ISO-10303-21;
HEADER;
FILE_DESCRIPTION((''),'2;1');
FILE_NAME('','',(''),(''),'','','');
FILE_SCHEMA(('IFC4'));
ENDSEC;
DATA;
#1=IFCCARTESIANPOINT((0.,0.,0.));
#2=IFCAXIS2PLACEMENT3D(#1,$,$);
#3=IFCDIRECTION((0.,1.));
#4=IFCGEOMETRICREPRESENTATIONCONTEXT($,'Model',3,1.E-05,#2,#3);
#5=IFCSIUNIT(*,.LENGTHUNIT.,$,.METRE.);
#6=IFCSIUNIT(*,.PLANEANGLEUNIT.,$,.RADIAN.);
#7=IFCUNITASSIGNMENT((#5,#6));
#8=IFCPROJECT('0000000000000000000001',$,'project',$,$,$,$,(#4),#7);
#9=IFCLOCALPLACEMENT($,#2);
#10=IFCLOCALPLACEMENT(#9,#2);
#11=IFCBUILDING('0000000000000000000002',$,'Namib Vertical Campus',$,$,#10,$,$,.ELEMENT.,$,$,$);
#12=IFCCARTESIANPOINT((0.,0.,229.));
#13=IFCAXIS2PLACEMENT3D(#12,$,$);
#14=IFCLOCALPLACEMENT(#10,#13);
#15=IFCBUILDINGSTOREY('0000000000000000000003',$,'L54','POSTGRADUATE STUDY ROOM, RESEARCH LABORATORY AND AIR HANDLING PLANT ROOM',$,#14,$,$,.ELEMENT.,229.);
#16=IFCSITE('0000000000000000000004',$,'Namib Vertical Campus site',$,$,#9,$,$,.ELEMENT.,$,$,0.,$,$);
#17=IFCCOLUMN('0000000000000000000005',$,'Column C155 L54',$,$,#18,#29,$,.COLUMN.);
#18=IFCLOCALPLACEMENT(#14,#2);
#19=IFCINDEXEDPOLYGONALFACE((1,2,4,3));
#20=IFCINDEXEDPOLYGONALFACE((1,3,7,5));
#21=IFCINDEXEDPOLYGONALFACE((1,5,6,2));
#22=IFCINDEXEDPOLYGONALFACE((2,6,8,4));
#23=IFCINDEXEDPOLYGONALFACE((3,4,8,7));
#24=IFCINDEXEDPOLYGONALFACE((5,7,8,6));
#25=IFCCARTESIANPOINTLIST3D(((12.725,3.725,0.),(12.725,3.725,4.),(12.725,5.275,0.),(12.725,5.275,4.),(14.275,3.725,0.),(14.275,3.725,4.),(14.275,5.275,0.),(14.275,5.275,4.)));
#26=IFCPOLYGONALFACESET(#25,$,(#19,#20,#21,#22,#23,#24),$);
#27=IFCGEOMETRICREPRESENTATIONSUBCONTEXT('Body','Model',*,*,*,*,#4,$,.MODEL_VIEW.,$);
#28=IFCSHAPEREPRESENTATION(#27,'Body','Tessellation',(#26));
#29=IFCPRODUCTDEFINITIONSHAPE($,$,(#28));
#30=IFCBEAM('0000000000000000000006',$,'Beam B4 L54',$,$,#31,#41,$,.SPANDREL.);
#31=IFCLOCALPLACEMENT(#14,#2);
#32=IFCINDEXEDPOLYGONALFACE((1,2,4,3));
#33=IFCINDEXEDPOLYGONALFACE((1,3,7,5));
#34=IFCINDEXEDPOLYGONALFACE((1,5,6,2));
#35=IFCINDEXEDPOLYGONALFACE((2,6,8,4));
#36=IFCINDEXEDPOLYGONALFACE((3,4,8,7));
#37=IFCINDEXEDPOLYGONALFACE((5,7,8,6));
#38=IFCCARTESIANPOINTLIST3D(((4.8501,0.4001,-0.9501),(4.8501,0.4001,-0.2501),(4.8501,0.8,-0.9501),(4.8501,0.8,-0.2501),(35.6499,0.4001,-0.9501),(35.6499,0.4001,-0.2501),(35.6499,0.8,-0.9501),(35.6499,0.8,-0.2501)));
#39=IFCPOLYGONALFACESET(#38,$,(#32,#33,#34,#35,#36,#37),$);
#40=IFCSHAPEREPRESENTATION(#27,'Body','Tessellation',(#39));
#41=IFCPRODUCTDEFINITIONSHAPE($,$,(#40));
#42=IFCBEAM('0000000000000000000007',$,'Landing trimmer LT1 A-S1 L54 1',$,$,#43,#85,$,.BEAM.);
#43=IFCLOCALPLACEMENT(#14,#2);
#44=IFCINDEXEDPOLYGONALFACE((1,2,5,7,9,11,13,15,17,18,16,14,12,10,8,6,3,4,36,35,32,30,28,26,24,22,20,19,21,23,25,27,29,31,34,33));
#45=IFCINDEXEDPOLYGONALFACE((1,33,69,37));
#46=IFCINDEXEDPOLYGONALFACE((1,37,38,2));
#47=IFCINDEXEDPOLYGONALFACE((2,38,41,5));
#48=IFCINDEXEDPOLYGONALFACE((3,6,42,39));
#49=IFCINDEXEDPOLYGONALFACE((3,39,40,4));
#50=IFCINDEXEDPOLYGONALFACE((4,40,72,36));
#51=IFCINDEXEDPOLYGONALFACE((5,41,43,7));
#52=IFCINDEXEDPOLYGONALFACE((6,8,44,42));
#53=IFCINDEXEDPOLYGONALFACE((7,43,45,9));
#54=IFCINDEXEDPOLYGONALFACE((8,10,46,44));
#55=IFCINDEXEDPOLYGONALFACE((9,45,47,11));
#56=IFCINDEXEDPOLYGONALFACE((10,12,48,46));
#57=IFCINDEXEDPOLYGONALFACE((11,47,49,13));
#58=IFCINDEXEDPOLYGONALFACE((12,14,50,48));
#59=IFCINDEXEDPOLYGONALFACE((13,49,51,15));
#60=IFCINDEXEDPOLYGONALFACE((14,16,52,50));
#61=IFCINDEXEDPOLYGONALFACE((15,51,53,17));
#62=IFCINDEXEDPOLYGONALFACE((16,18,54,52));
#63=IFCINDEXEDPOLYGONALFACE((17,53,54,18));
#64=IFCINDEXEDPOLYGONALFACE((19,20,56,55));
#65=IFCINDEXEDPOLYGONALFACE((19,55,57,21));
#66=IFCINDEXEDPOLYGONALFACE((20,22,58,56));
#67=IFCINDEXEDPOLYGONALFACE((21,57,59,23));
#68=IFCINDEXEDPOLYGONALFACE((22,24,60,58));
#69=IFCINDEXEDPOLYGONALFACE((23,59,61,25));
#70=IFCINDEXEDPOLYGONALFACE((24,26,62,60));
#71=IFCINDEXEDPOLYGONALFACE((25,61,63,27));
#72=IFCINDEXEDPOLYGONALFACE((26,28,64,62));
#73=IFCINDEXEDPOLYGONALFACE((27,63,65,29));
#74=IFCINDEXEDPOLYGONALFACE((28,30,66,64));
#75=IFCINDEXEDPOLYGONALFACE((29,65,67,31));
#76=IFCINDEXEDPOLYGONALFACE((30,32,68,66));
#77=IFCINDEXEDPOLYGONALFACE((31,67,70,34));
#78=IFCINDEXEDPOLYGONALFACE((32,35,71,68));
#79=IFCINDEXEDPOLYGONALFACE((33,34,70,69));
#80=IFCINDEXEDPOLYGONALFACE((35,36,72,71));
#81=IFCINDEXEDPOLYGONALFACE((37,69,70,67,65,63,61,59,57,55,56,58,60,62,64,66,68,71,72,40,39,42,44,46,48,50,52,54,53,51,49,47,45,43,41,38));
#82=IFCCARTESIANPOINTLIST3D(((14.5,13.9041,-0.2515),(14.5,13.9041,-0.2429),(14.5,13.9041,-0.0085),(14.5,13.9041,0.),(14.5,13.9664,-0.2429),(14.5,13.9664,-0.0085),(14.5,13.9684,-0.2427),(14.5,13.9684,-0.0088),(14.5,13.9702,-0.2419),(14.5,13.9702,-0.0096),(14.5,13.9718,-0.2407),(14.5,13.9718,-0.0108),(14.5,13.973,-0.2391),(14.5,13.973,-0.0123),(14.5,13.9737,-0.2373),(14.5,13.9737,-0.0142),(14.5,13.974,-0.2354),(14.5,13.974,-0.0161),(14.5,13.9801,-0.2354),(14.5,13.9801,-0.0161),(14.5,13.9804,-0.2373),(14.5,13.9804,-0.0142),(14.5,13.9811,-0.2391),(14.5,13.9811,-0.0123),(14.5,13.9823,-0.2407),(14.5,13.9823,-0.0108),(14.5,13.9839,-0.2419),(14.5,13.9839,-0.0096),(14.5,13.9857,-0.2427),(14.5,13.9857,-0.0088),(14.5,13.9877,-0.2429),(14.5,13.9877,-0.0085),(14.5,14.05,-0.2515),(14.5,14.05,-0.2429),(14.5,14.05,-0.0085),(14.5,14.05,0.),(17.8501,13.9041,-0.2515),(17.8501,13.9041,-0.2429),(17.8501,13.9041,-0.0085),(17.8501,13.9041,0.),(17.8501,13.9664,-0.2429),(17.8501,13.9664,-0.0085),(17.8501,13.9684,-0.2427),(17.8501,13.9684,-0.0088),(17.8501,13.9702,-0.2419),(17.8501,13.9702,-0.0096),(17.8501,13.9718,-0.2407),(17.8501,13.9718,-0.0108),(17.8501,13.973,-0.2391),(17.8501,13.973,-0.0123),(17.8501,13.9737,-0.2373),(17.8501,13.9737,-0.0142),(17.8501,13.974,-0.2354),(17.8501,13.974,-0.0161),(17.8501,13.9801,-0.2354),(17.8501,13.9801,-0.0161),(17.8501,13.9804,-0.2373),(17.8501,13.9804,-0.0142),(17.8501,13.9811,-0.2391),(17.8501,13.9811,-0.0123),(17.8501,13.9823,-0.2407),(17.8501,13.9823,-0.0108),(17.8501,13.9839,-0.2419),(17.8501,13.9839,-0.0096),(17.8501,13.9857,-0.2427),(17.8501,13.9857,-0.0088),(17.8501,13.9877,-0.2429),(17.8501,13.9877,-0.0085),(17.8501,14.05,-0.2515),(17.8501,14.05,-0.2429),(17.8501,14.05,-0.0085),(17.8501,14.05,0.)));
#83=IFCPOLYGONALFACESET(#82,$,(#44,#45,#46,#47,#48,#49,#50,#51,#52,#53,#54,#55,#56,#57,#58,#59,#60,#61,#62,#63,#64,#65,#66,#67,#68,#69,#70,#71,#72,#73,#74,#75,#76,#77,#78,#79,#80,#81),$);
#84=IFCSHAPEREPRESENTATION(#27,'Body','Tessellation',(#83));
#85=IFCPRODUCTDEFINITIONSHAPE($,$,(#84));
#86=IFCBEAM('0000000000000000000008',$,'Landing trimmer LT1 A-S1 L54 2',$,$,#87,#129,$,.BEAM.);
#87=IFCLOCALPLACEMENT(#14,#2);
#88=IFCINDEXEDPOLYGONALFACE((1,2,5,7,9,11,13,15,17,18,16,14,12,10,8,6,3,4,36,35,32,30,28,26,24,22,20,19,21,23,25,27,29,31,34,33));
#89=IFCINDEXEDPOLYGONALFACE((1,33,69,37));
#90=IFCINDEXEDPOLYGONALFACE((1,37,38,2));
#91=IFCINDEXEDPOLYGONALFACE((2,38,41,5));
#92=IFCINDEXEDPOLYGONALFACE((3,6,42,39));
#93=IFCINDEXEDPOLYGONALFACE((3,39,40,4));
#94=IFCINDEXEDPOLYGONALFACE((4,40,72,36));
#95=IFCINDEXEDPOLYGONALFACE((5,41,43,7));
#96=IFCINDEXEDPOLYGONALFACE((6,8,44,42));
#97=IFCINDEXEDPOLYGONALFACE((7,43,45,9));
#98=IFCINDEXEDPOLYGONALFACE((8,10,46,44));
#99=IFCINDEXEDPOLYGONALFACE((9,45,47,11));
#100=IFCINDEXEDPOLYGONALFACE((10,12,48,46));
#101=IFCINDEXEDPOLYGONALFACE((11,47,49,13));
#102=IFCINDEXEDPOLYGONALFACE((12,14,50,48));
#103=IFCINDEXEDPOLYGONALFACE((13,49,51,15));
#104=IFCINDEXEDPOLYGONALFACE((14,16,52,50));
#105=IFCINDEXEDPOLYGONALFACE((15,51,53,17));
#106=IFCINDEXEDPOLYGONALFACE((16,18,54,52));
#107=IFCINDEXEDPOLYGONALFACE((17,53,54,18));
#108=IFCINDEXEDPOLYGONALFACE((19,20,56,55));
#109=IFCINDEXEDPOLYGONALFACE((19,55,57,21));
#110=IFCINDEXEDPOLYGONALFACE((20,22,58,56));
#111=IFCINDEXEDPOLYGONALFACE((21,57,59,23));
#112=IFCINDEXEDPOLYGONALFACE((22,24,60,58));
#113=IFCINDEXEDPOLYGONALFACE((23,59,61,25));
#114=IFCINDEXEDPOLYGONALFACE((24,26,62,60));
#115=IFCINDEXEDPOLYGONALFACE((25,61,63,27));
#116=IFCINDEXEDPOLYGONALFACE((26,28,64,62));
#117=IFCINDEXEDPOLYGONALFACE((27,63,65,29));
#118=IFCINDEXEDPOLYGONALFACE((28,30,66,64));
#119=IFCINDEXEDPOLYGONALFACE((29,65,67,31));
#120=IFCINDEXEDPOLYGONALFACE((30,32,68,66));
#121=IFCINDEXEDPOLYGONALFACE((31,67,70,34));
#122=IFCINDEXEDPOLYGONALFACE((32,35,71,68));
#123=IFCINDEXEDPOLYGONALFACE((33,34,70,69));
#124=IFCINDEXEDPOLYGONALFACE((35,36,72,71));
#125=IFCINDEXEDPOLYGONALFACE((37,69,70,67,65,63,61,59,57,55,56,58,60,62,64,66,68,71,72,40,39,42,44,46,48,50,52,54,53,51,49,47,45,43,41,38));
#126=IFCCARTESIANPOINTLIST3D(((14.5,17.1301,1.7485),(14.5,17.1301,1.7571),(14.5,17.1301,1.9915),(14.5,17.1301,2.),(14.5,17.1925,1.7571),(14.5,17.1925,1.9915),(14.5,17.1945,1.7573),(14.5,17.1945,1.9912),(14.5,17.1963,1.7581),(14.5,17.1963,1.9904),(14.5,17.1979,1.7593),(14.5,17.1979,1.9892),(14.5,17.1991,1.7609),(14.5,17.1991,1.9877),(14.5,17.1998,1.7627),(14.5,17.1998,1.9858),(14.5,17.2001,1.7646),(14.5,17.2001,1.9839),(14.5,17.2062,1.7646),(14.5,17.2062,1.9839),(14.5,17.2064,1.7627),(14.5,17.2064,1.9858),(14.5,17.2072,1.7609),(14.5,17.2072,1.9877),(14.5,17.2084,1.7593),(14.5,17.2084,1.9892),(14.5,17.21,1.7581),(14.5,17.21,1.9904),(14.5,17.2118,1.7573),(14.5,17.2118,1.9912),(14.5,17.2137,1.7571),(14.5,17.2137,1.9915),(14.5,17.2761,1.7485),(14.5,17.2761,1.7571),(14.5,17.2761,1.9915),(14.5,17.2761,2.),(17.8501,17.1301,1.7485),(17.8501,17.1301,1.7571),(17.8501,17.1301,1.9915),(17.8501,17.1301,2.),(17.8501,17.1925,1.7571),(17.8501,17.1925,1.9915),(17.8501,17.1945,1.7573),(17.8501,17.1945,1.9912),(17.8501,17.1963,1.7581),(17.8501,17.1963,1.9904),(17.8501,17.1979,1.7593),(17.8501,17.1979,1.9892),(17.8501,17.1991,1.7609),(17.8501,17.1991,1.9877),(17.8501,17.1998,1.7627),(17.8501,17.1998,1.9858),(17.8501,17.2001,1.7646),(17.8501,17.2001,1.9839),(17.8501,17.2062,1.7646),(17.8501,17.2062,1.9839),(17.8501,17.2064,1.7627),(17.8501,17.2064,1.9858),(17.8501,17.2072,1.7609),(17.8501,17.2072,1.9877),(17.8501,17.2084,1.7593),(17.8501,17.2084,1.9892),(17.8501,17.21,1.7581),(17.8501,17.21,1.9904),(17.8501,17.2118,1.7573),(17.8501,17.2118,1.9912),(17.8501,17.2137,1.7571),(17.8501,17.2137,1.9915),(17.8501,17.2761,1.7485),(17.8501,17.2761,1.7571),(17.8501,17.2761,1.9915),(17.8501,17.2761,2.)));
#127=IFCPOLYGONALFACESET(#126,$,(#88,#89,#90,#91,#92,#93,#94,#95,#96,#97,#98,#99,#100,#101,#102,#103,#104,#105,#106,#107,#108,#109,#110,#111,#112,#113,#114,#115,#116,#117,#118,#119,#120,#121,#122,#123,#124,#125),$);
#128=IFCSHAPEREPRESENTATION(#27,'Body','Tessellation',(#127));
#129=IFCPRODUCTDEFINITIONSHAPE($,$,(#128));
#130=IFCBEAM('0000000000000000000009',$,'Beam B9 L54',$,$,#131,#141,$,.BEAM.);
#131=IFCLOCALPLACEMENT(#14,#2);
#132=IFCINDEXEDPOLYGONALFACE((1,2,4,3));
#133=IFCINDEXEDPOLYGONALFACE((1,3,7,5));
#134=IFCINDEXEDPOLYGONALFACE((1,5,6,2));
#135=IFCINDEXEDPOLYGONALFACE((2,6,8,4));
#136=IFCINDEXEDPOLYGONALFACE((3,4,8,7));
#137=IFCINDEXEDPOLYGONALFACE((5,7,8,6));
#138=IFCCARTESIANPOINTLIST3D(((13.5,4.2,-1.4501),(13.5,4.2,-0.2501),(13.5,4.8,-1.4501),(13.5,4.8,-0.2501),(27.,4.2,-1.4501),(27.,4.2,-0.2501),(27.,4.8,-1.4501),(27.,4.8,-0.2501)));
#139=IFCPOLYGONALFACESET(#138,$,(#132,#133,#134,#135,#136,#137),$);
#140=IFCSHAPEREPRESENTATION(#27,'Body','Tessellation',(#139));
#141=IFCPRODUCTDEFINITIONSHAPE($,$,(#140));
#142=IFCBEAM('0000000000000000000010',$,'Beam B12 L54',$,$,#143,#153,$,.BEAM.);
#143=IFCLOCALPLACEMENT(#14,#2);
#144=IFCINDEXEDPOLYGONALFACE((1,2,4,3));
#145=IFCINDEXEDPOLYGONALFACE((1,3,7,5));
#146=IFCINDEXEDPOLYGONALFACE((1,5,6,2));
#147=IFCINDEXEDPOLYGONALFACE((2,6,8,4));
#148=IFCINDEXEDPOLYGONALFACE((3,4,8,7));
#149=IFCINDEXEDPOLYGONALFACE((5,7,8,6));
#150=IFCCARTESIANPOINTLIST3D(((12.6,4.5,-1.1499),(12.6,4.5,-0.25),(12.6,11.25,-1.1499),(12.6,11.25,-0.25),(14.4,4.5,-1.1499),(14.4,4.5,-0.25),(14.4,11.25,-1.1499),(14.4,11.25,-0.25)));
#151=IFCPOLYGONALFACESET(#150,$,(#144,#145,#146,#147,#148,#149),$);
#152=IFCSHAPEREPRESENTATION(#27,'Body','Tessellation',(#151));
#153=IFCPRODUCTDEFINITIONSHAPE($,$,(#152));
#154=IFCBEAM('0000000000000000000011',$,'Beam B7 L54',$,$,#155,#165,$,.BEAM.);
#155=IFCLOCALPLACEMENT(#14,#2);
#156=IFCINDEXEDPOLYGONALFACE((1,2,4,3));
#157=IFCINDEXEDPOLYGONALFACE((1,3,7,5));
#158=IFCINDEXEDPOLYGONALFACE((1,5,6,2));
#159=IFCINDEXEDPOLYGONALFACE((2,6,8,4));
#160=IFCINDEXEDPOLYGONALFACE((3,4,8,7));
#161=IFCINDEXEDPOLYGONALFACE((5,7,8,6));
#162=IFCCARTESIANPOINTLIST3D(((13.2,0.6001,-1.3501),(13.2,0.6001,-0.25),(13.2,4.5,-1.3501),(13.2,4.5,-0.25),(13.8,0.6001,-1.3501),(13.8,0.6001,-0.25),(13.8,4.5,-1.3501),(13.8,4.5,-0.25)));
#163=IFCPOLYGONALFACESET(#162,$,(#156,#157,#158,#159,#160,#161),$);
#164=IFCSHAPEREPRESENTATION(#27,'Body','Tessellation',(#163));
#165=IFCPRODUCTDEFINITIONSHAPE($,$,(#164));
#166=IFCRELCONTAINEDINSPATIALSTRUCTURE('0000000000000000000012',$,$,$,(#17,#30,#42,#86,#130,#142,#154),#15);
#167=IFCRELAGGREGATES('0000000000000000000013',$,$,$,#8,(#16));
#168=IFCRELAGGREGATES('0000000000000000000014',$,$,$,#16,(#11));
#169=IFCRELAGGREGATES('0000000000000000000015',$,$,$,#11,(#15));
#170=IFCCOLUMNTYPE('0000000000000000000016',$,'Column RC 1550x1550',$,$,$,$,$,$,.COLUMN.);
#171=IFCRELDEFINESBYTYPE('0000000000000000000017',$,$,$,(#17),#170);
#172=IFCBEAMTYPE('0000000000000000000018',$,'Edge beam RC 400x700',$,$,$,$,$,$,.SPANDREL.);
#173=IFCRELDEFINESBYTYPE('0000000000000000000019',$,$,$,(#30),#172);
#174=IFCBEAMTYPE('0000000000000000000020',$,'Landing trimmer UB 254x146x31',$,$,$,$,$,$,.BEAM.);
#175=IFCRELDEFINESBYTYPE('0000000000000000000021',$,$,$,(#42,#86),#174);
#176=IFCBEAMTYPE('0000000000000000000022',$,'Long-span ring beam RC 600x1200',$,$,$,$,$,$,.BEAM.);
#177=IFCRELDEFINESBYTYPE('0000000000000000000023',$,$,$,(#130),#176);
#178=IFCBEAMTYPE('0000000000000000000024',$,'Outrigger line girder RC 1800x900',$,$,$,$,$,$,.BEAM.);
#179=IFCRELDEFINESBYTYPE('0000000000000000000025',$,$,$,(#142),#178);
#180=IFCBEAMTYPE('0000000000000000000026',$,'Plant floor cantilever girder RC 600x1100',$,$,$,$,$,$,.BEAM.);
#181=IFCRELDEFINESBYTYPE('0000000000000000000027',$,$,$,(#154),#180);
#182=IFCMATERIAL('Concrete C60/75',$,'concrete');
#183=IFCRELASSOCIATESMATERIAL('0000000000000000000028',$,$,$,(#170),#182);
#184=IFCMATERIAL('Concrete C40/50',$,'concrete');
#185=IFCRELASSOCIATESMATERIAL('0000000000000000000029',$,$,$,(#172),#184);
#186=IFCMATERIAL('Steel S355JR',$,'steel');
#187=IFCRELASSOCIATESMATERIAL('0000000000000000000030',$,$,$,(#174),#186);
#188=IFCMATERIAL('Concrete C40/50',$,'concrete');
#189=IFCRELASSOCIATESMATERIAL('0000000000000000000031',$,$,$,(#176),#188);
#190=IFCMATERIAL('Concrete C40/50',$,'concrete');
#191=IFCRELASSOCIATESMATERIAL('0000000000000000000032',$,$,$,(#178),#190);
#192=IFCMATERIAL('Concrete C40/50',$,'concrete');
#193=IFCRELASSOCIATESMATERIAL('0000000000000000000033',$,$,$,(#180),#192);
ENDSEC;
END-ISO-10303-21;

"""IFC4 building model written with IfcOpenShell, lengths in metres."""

from ifc_helpers import new_model, si_unit, direction, frame, origin, origin_2d, place, context, subcontext, project, spatial, rectangle, i_section, extrude, material, material_profile, profile_set, type_object, element, save


model = new_model("IFC4")

# Units and contexts
model_context = context("Model", 3, precision=1e-05, world=origin(), true_north=direction((0.0, 1.0)))
body_context = subcontext(model_context, "Body", "Model", "MODEL_VIEW")
ifc_project = project(units=[si_unit("LENGTHUNIT", "METRE"), si_unit("PLANEANGLEUNIT", "RADIAN")], contexts=[model_context])

# Site, building, storey
site_placement = place(None, origin())
site = spatial("IfcSite", under=ifc_project, at=site_placement, Name="Namib Vertical Campus site", CompositionType="ELEMENT", RefElevation=0.0)
building_placement = place(site_placement, origin())
building = spatial("IfcBuilding", under=site, at=building_placement, Name="Namib Vertical Campus", CompositionType="ELEMENT")
storey_placement = place(building_placement, frame((0.0, 0.0, 229.0)))
storey = spatial("IfcBuildingStorey", under=building, at=storey_placement, Name="L54", Description="POSTGRADUATE STUDY ROOM, RESEARCH LABORATORY AND AIR HANDLING PLANT ROOM", CompositionType="ELEMENT", Elevation=229.0)

# Column
ifc_material_1 = material(Name="Concrete C60/75", Category="concrete")
ifc_material_profile_1 = material_profile(ifc_material_1, rectangle(XDim=1.55, YDim=1.55, at=origin_2d()))
ifc_profile_set_1 = profile_set([ifc_material_profile_1], Name="Concrete C60/75")
column_type = type_object("IfcColumnType", Name="Column RC 1550x1550", PredefinedType="COLUMN", material=ifc_profile_set_1)
column_placement = place(storey_placement, frame((13.5, 4.5, 0.0), z_axis=(0.0, 0.0, 1.0), x_axis=(1.0, 0.0, 0.0)))
element("IfcColumn", 1, at=column_placement, inside=storey, type_object=column_type, Name="Column C155 L54", PredefinedType="COLUMN", context=body_context, shape_type="SweptSolid", body=[
    extrude(rectangle(XDim=1.55, YDim=1.55, at=origin_2d()), origin(), (0.0, 0.0, 1.0), 4.0),
])

# Beams
ifc_material_2 = material(Name="Concrete C40/50", Category="concrete")
ifc_material_profile_2 = material_profile(ifc_material_2, rectangle(XDim=0.3999, YDim=0.7, at=origin_2d()))
ifc_profile_set_2 = profile_set([ifc_material_profile_2], Name="Concrete C40/50")
beam_type_1 = type_object("IfcBeamType", Name="Edge beam RC 400x700", PredefinedType="SPANDREL", material=ifc_profile_set_2)
beam_1_placement = place(storey_placement, frame((4.8501, 0.6001, -0.6001), z_axis=(1.0, 0.0, 0.0), x_axis=(0.0, 1.0, 0.0)))
element("IfcBeam", 2, at=beam_1_placement, inside=storey, type_object=beam_type_1, Name="Beam B4 L54", PredefinedType="SPANDREL", context=body_context, shape_type="SweptSolid", body=[
    extrude(rectangle(XDim=0.3999, YDim=0.7, at=origin_2d()), origin(), (0.0, 0.0, 1.0), 30.7998),
])
ifc_material_3 = material(Name="Steel S355JR", Category="steel")
ifc_material_profile_3 = material_profile(ifc_material_3, i_section(OverallWidth=0.146, OverallDepth=0.2515, WebThickness=0.0061, FlangeThickness=0.0085, FilletRadius=0.0076, at=origin_2d()))
ifc_profile_set_3 = profile_set([ifc_material_profile_3], Name="Steel S355JR")
beam_type_2 = type_object("IfcBeamType", Name="Landing trimmer UB 254x146x31", PredefinedType="BEAM", material=ifc_profile_set_3)
for number, where, z_axis, x_axis, name in (
    (3, (14.5, 13.9771, -0.1257), (1.0, 0.0, 0.0), (0.0, 1.0, 0.0), "Landing trimmer LT1 A-S1 L54 1"),
    (4, (14.5, 17.2031, 1.8743), (1.0, 0.0, 0.0), (0.0, 1.0, 0.0), "Landing trimmer LT1 A-S1 L54 2"),
):
    element("IfcBeam", number, at=place(storey_placement, frame(where, z_axis=z_axis, x_axis=x_axis)), inside=storey, type_object=beam_type_2, Name=name, PredefinedType="BEAM", context=body_context, shape_type="SweptSolid", body=[
        extrude(i_section(OverallWidth=0.146, OverallDepth=0.2515, WebThickness=0.0061, FlangeThickness=0.0085, FilletRadius=0.0076, at=origin_2d()), origin(), (0.0, 0.0, 1.0), 3.3501),
    ])
ifc_material_4 = material(Name="Concrete C40/50", Category="concrete")
ifc_material_profile_4 = material_profile(ifc_material_4, rectangle(XDim=0.6001, YDim=1.2, at=origin_2d()))
ifc_profile_set_4 = profile_set([ifc_material_profile_4], Name="Concrete C40/50")
beam_type_3 = type_object("IfcBeamType", Name="Long-span ring beam RC 600x1200", PredefinedType="BEAM", material=ifc_profile_set_4)
beam_2_placement = place(storey_placement, frame((13.5, 4.5, -0.8501), z_axis=(1.0, 0.0, 0.0), x_axis=(0.0, 1.0, 0.0)))
element("IfcBeam", 5, at=beam_2_placement, inside=storey, type_object=beam_type_3, Name="Beam B9 L54", PredefinedType="BEAM", context=body_context, shape_type="SweptSolid", body=[
    extrude(rectangle(XDim=0.6001, YDim=1.2, at=origin_2d()), origin(), (0.0, 0.0, 1.0), 13.5),
])
ifc_material_5 = material(Name="Concrete C40/50", Category="concrete")
ifc_material_profile_5 = material_profile(ifc_material_5, rectangle(XDim=1.8, YDim=0.8999, at=origin_2d()))
ifc_profile_set_5 = profile_set([ifc_material_profile_5], Name="Concrete C40/50")
beam_type_4 = type_object("IfcBeamType", Name="Outrigger line girder RC 1800x900", PredefinedType="BEAM", material=ifc_profile_set_5)
beam_3_placement = place(storey_placement, frame((13.5, 4.5, -0.7), z_axis=(0.0, 1.0, 0.0), x_axis=(-1.0, 0.0, 0.0)))
element("IfcBeam", 6, at=beam_3_placement, inside=storey, type_object=beam_type_4, Name="Beam B12 L54", PredefinedType="BEAM", context=body_context, shape_type="SweptSolid", body=[
    extrude(rectangle(XDim=1.8, YDim=0.8999, at=origin_2d()), origin(), (0.0, 0.0, 1.0), 6.75),
])
ifc_material_6 = material(Name="Concrete C40/50", Category="concrete")
ifc_material_profile_6 = material_profile(ifc_material_6, rectangle(XDim=0.6001, YDim=1.1001, at=origin_2d()))
ifc_profile_set_6 = profile_set([ifc_material_profile_6], Name="Concrete C40/50")
beam_type_5 = type_object("IfcBeamType", Name="Plant floor cantilever girder RC 600x1100", PredefinedType="BEAM", material=ifc_profile_set_6)
beam_4_placement = place(storey_placement, frame((13.5, 4.5, -0.8), z_axis=(0.0, -1.0, 0.0), x_axis=(1.0, 0.0, 0.0)))
element("IfcBeam", 7, at=beam_4_placement, inside=storey, type_object=beam_type_5, Name="Beam B7 L54", PredefinedType="BEAM", context=body_context, shape_type="SweptSolid", body=[
    extrude(rectangle(XDim=0.6001, YDim=1.1001, at=origin_2d()), origin(), (0.0, 0.0, 1.0), 3.8999),
])

save(model, "model.ifc")
